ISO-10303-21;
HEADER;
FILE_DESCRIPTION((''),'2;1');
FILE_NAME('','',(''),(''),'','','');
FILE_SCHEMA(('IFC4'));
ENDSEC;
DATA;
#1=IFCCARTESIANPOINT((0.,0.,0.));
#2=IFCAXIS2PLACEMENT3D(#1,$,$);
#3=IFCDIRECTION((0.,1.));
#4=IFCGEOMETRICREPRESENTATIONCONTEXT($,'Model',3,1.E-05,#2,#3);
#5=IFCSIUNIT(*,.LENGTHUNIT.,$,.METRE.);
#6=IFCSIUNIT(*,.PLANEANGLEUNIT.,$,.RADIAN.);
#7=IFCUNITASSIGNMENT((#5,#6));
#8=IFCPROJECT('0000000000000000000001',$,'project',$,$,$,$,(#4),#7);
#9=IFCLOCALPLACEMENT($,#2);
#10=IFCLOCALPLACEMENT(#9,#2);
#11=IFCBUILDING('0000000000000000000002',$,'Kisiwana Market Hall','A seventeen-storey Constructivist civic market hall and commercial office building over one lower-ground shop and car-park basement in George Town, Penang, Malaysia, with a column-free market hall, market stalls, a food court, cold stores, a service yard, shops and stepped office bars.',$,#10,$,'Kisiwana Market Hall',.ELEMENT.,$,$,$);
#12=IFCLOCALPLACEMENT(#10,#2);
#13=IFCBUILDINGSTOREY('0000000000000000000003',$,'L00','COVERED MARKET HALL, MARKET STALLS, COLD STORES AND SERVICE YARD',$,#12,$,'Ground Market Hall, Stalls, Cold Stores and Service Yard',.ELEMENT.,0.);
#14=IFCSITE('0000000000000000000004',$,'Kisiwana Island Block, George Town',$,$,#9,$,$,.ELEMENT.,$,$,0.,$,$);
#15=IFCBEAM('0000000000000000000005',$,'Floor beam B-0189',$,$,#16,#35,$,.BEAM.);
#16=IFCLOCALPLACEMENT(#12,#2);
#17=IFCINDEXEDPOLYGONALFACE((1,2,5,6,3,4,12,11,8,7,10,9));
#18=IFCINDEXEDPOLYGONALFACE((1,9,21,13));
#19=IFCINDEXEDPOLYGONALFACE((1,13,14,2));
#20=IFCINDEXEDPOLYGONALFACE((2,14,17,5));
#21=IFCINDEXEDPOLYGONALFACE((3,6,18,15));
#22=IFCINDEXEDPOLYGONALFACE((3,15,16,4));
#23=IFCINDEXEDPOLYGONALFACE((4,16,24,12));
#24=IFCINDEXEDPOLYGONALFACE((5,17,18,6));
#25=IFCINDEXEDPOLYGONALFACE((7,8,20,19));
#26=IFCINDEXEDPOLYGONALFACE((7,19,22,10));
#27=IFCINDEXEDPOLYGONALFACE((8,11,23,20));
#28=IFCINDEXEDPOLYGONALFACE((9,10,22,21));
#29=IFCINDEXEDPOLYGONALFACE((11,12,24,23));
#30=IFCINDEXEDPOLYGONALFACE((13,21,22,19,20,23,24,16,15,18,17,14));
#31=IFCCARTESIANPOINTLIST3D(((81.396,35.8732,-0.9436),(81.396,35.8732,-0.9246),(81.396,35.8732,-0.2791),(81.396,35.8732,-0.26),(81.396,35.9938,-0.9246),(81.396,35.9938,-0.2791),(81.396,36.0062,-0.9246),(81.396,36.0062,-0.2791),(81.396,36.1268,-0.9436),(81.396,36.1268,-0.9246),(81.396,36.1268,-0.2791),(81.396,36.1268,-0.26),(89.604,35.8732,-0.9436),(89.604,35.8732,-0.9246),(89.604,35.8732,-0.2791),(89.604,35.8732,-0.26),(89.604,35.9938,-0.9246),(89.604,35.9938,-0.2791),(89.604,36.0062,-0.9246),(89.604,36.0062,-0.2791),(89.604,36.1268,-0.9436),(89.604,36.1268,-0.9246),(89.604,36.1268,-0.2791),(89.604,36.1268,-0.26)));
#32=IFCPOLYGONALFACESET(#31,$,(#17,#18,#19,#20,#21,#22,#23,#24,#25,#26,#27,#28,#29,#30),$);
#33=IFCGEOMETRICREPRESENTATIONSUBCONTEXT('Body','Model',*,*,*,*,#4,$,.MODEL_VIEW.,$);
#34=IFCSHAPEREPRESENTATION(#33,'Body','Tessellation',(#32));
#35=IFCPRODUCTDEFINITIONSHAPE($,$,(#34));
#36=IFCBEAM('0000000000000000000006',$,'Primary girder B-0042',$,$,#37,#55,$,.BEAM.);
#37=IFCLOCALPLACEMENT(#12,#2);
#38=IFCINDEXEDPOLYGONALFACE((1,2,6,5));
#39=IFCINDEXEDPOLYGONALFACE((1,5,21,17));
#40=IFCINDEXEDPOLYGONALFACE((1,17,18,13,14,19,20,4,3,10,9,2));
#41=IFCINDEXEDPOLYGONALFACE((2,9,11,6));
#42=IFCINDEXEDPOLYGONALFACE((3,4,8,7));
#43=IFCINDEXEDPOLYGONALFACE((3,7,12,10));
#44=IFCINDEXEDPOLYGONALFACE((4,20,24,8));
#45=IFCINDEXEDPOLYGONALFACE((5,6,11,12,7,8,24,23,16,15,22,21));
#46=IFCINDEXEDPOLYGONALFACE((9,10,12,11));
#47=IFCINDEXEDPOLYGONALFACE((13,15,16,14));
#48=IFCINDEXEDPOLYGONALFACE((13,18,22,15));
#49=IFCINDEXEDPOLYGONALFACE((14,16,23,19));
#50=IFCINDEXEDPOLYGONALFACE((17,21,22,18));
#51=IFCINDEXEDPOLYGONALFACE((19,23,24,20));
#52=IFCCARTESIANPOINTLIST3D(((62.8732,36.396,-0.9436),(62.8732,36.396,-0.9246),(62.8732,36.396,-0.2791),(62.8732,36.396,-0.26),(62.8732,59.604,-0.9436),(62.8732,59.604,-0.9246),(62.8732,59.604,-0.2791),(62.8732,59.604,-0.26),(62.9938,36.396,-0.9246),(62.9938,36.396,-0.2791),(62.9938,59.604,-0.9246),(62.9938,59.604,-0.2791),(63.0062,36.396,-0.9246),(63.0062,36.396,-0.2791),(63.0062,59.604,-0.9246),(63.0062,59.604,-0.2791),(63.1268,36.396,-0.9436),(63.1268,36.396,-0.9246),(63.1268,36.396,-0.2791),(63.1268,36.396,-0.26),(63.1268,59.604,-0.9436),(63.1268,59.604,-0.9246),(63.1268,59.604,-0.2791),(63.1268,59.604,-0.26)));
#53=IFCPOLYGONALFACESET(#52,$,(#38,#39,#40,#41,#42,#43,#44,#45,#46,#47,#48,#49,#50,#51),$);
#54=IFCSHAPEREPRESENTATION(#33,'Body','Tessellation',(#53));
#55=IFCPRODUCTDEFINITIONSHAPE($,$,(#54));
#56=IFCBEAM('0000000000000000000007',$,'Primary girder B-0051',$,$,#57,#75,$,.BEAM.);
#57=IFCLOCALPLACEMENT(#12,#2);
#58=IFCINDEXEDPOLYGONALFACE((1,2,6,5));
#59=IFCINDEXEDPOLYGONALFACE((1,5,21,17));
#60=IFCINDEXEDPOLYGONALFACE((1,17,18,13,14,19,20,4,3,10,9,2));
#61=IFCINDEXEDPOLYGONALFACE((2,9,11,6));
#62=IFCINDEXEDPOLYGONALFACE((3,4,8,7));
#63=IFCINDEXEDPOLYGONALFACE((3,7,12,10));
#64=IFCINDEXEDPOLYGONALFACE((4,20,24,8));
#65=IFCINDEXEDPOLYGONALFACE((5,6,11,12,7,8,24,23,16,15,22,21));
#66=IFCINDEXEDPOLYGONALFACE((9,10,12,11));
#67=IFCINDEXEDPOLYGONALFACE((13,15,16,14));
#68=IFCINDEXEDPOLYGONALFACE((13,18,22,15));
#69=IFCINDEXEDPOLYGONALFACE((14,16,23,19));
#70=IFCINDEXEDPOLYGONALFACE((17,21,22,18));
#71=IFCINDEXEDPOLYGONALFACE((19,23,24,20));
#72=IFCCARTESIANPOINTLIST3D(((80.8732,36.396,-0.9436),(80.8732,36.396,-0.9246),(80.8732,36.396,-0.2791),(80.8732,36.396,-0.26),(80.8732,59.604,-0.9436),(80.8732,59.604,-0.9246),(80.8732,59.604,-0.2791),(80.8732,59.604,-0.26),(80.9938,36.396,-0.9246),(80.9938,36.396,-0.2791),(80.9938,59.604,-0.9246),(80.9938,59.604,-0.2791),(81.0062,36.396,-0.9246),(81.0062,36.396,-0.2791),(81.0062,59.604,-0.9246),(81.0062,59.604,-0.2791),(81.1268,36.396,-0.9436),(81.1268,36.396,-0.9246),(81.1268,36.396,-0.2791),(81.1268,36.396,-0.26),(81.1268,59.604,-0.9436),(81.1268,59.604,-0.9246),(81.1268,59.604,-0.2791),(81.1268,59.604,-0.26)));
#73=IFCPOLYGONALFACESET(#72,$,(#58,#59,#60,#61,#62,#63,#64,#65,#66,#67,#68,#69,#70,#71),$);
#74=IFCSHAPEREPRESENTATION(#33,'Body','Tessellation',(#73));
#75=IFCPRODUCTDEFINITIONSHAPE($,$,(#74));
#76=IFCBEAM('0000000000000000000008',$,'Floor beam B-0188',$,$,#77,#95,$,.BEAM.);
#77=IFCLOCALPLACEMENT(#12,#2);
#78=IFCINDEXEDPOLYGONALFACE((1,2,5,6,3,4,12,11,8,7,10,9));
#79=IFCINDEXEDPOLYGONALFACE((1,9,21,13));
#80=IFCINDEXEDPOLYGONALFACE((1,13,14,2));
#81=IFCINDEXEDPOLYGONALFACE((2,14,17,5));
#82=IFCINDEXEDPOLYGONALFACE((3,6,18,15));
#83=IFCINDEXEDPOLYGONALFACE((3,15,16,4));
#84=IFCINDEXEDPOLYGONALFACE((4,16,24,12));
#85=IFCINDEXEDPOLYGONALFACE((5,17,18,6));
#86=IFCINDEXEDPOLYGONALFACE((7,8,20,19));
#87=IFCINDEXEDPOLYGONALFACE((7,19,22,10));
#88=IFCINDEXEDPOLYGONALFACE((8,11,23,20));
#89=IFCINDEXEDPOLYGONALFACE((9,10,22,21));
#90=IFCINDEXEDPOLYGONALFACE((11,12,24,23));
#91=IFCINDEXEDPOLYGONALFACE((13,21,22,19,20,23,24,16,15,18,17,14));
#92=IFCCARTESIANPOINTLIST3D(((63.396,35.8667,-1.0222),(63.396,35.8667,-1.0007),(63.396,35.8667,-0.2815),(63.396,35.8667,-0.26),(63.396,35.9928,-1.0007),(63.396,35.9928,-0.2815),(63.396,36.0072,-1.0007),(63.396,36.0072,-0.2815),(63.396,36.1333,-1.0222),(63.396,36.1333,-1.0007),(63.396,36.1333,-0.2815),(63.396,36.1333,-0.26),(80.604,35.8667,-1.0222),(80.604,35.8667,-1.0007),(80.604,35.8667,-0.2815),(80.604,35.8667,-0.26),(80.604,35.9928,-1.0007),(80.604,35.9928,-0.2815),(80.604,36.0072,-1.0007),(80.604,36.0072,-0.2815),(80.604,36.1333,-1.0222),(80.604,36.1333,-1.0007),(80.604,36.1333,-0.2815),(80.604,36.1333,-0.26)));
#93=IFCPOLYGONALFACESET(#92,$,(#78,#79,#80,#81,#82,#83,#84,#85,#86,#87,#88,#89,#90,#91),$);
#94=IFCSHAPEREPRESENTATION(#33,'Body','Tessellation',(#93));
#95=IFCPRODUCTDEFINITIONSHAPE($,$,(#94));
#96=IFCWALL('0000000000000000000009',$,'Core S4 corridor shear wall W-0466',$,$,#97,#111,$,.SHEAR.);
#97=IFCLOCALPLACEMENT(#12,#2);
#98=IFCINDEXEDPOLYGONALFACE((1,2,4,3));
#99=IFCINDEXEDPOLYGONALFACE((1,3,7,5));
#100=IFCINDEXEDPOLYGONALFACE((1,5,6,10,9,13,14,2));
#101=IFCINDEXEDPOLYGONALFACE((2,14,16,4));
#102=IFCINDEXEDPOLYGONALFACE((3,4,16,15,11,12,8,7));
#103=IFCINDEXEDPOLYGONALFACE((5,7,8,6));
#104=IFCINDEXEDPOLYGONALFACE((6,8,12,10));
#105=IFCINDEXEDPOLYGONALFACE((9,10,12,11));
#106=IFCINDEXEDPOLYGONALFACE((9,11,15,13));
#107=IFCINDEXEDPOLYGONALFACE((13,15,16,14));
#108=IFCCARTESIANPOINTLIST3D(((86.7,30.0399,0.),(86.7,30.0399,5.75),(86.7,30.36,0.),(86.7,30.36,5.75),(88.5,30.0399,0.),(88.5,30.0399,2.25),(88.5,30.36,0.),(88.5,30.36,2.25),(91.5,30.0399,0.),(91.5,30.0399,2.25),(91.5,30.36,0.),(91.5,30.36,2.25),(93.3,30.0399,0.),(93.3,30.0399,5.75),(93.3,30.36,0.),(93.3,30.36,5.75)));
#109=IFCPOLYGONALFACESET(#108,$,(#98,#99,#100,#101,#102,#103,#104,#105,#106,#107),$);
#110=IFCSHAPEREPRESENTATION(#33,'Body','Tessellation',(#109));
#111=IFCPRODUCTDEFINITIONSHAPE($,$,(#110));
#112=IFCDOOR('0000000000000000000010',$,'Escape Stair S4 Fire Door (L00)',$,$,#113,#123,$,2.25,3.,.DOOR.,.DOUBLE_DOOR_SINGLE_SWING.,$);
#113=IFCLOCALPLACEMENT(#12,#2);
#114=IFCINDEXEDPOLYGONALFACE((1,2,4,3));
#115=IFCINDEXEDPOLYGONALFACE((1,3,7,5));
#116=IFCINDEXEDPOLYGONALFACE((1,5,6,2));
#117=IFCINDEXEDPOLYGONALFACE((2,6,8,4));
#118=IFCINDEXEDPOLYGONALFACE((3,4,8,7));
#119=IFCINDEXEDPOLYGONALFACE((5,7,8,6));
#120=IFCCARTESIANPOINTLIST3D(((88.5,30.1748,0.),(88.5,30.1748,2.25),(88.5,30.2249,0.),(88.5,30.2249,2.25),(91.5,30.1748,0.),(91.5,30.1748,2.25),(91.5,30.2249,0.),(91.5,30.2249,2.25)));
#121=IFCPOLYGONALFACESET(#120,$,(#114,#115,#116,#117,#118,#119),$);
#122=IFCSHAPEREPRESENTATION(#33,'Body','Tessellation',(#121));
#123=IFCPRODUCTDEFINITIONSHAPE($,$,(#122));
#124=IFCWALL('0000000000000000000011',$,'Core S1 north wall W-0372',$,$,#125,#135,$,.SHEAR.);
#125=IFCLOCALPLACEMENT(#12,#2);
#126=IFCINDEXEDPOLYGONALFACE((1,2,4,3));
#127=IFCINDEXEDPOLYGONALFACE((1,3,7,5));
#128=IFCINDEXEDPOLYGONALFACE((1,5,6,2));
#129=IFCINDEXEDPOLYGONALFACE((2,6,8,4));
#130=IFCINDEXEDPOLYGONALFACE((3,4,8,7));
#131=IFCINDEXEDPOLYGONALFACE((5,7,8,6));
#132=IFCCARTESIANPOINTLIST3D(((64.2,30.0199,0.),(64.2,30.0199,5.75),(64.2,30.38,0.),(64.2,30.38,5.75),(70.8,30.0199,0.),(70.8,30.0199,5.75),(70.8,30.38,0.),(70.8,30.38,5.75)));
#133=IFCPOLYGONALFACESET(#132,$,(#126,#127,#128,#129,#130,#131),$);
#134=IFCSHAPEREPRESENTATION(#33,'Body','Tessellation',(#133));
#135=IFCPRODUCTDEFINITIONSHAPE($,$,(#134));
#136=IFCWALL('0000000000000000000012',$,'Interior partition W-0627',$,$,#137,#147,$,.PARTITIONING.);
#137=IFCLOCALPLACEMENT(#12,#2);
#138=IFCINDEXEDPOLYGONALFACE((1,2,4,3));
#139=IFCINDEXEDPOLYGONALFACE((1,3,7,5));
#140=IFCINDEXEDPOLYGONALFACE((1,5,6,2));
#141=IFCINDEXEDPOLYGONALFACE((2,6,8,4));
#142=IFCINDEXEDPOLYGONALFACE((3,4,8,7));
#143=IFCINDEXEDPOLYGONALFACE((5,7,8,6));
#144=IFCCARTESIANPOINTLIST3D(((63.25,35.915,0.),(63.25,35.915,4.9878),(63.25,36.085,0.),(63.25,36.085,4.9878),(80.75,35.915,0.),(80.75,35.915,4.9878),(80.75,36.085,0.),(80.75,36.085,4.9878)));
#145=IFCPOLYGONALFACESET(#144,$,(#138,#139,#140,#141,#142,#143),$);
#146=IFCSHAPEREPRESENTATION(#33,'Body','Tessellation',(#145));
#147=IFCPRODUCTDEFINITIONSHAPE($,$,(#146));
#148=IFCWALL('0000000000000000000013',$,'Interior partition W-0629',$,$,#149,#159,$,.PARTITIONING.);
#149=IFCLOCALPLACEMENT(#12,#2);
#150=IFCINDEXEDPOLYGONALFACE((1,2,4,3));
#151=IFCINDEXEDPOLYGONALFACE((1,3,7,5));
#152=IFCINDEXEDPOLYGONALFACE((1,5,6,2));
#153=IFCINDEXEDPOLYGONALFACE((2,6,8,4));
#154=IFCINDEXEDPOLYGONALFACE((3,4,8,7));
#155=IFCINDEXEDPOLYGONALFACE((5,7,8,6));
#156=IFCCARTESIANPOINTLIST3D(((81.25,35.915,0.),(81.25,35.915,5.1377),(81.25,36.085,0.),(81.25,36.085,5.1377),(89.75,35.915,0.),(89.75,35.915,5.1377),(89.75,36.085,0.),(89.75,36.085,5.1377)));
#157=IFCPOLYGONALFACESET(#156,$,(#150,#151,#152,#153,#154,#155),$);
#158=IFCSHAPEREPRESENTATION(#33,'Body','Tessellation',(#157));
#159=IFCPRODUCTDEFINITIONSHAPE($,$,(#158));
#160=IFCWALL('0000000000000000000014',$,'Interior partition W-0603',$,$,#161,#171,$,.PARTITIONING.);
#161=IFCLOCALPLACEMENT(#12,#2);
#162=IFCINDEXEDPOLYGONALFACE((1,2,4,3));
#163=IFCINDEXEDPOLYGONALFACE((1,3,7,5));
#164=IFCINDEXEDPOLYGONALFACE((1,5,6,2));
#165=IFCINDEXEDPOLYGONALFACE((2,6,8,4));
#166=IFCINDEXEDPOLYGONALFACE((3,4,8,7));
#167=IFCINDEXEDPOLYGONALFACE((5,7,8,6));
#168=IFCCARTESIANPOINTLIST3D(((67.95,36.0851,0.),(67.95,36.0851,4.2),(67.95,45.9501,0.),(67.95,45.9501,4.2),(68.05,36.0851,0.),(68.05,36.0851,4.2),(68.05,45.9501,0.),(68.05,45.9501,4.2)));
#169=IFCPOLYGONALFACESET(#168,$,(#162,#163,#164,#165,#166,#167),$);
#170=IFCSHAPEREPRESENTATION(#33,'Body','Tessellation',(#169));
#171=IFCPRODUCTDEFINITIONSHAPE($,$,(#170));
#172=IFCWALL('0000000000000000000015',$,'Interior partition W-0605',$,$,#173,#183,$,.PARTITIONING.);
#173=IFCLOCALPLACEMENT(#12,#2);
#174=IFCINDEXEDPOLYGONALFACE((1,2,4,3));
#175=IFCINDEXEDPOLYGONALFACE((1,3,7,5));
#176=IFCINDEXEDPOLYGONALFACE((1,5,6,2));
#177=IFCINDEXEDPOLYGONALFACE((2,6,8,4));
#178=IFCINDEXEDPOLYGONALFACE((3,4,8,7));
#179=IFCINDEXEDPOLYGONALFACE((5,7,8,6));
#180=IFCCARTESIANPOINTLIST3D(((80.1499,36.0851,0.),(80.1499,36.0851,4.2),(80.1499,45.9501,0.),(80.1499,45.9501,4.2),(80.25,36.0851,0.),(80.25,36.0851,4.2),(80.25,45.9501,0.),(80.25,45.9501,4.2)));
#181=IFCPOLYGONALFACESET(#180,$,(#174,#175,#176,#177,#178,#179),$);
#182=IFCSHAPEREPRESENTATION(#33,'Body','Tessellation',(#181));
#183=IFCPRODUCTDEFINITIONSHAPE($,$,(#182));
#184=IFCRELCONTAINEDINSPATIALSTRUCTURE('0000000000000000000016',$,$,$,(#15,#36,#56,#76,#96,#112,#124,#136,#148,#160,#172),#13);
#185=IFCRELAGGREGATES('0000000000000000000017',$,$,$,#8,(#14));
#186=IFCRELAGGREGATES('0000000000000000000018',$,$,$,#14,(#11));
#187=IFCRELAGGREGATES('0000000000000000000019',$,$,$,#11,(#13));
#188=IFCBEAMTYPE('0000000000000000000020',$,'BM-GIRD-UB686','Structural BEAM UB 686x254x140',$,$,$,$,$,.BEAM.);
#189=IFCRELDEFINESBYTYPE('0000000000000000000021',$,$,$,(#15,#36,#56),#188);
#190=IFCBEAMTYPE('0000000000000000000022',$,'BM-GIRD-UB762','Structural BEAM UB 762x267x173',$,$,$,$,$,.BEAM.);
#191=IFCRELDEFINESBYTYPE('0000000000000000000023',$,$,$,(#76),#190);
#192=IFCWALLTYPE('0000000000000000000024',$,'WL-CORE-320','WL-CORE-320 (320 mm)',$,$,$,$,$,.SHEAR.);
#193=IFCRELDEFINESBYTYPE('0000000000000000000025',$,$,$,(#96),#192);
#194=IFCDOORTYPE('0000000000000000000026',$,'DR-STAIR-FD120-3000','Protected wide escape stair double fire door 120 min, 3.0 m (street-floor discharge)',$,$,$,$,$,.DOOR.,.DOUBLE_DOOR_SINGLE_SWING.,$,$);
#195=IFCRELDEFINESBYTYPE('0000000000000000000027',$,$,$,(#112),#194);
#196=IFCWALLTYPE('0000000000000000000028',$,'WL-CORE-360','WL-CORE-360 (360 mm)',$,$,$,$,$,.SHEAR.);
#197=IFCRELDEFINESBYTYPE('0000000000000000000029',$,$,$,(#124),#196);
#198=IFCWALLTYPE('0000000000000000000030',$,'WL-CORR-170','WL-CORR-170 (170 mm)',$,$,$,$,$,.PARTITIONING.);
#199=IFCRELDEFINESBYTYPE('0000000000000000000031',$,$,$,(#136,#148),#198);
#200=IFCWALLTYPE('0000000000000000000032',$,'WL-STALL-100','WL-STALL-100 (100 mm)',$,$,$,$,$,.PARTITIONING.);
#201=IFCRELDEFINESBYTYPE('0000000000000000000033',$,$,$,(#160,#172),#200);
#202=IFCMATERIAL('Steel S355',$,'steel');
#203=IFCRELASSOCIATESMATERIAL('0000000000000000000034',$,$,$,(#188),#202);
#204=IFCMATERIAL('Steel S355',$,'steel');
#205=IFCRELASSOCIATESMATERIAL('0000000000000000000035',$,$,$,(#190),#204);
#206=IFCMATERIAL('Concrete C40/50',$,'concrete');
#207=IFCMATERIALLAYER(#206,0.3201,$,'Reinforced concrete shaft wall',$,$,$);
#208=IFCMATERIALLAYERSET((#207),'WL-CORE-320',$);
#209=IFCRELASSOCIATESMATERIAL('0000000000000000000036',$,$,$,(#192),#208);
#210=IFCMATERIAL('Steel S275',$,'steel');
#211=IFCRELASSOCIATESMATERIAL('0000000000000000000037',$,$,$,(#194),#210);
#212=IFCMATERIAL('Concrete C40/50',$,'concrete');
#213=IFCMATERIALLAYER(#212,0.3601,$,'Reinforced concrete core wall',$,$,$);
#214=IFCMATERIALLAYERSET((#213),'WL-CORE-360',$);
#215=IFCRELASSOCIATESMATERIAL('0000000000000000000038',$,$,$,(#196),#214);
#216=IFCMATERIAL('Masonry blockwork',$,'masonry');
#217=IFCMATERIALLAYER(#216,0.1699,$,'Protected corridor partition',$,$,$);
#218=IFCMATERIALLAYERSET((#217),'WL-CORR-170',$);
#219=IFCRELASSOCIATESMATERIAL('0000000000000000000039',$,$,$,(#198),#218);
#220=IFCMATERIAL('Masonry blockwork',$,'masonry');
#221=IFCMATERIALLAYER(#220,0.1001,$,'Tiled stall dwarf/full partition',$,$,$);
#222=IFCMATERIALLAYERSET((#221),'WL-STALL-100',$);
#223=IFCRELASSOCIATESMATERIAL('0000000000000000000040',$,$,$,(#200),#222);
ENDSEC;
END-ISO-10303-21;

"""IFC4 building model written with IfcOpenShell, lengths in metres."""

from ifc_helpers import new_model, si_unit, direction, frame, frame_2d, origin, origin_2d, place, context, subcontext, project, spatial, rectangle, i_section, extrude, material, layer, layer_set, material_profile, profile_set, type_object, element, fill, save


model = new_model("IFC4")

# Units and contexts
model_context = context("Model", 3, precision=1e-05, world=origin(), true_north=direction((0.0, 1.0)))
body_context = subcontext(model_context, "Body", "Model", "MODEL_VIEW")
ifc_project = project(units=[si_unit("LENGTHUNIT", "METRE"), si_unit("PLANEANGLEUNIT", "RADIAN")], contexts=[model_context])

# Site, building, storey
site_placement = place(None, origin())
site = spatial("IfcSite", under=ifc_project, at=site_placement, Name="Kisiwana Island Block, George Town", CompositionType="ELEMENT", RefElevation=0.0)
building_placement = place(site_placement, origin())
building = spatial("IfcBuilding", under=site, at=building_placement, Name="Kisiwana Market Hall", Description="A seventeen-storey Constructivist civic market hall and commercial office building over one lower-ground shop and car-park basement in George Town, Penang, Malaysia, with a column-free market hall, market stalls, a food court, cold stores, a service yard, shops and stepped office bars.", LongName="Kisiwana Market Hall", CompositionType="ELEMENT")
storey_placement = place(building_placement, origin())
storey = spatial("IfcBuildingStorey", under=building, at=storey_placement, Name="L00", Description="COVERED MARKET HALL, MARKET STALLS, COLD STORES AND SERVICE YARD", LongName="Ground Market Hall, Stalls, Cold Stores and Service Yard", CompositionType="ELEMENT", Elevation=0.0)

# Beams
ifc_material_1 = material(Name="Steel S355", Category="steel")
ifc_material_profile_1 = material_profile(ifc_material_1, i_section(OverallWidth=0.2537, OverallDepth=0.6836, WebThickness=0.0125, FlangeThickness=0.019, at=origin_2d()), Name="UB 686x254x140")
ifc_profile_set_1 = profile_set([ifc_material_profile_1], Name="Steel S355")
beam_type_1 = type_object("IfcBeamType", Name="BM-GIRD-UB686", Description="Structural BEAM UB 686x254x140", PredefinedType="BEAM", material=ifc_profile_set_1)
beam_1_placement = place(storey_placement, frame((81.396, 36.0, -0.6018), z_axis=(1.0, 0.0, 0.0), x_axis=(0.0, 1.0, 0.0)))
element("IfcBeam", 1, at=beam_1_placement, inside=storey, type_object=beam_type_1, Name="Floor beam B-0189", PredefinedType="BEAM", context=body_context, shape_type="SweptSolid", body=[
    extrude(i_section(OverallWidth=0.2537, OverallDepth=0.6836, WebThickness=0.0125, FlangeThickness=0.019, at=origin_2d()), origin(), (0.0, 0.0, 1.0), 8.208),
])
for number, where, z_axis, x_axis, name in (
    (2, (63.0, 36.396, -0.6018), (0.0, 1.0, 0.0), (-1.0, 0.0, 0.0), "Primary girder B-0042"),
    (3, (81.0, 36.396, -0.6018), (0.0, 1.0, 0.0), (-1.0, 0.0, 0.0), "Primary girder B-0051"),
):
    element("IfcBeam", number, at=place(storey_placement, frame(where, z_axis=z_axis, x_axis=x_axis)), inside=storey, type_object=beam_type_1, Name=name, PredefinedType="BEAM", context=body_context, shape_type="SweptSolid", body=[
        extrude(i_section(OverallWidth=0.2537, OverallDepth=0.6836, WebThickness=0.0125, FlangeThickness=0.019, at=origin_2d()), origin(), (0.0, 0.0, 1.0), 23.208),
    ])
ifc_material_2 = material(Name="Steel S355", Category="steel")
ifc_material_profile_2 = material_profile(ifc_material_2, i_section(OverallWidth=0.2666, OverallDepth=0.7622, WebThickness=0.0144, FlangeThickness=0.0215, at=origin_2d()), Name="UB 762x267x173")
ifc_profile_set_2 = profile_set([ifc_material_profile_2], Name="Steel S355")
beam_type_2 = type_object("IfcBeamType", Name="BM-GIRD-UB762", Description="Structural BEAM UB 762x267x173", PredefinedType="BEAM", material=ifc_profile_set_2)
beam_2_placement = place(storey_placement, frame((63.396, 36.0, -0.6411), z_axis=(1.0, 0.0, 0.0), x_axis=(0.0, 1.0, 0.0)))
element("IfcBeam", 4, at=beam_2_placement, inside=storey, type_object=beam_type_2, Name="Floor beam B-0188", PredefinedType="BEAM", context=body_context, shape_type="SweptSolid", body=[
    extrude(i_section(OverallWidth=0.2666, OverallDepth=0.7622, WebThickness=0.0144, FlangeThickness=0.0215, at=origin_2d()), origin(), (0.0, 0.0, 1.0), 17.208),
])

# Wall, opening, door
ifc_material_3 = material(Name="Concrete C40/50", Category="concrete")
ifc_layer_1 = layer(ifc_material_3, 0.3201, Name="Reinforced concrete shaft wall")
ifc_layer_set_1 = layer_set([ifc_layer_1], Name="WL-CORE-320")
wall_type_1 = type_object("IfcWallType", Name="WL-CORE-320", Description="WL-CORE-320 (320 mm)", PredefinedType="SHEAR", material=ifc_layer_set_1)
wall_1_placement = place(storey_placement, frame((86.7, 30.2, 0.0), z_axis=(0.0, 0.0, 1.0), x_axis=(1.0, 0.0, 0.0)))
wall_1 = element("IfcWall", 5, at=wall_1_placement, inside=storey, type_object=wall_type_1, Name="Core S4 corridor shear wall W-0466", PredefinedType="SHEAR", context=body_context, shape_type="SweptSolid", body=[
    extrude(rectangle(XDim=6.6001, YDim=0.3201, at=frame_2d((3.3, 0.0))), origin(), (0.0, 0.0, 1.0), 5.75),
])
opening_placement = place(wall_1_placement, frame((1.8, 0.0, 0.0)))
opening = element("IfcOpeningElement", 6, at=opening_placement, cuts=wall_1, PredefinedType="OPENING", context=body_context, shape_type="SweptSolid", body=[
    extrude(rectangle(XDim=3.0, YDim=2.25, at=frame_2d((1.5, 1.125))), frame((0.0, 0.1719, 0.0), z_axis=(0.0, -1.0, 0.0), x_axis=(1.0, 0.0, 0.0)), (0.0, 0.0, 1.0), 0.344),
])
ifc_material_4 = material(Name="Steel S275", Category="steel")
door_type = type_object("IfcDoorType", Name="DR-STAIR-FD120-3000", Description="Protected wide escape stair double fire door 120 min, 3.0 m (street-floor discharge)", OperationType="DOUBLE_DOOR_SINGLE_SWING", PredefinedType="DOOR", material=ifc_material_4)
door_placement = place(opening_placement, origin())
door = element("IfcDoor", 7, at=door_placement, inside=storey, type_object=door_type, Name="Escape Stair S4 Fire Door (L00)", OperationType="DOUBLE_DOOR_SINGLE_SWING", OverallHeight=2.25, OverallWidth=3.0, PredefinedType="DOOR", context=body_context, shape_type="SweptSolid", body=[
    extrude(rectangle(XDim=3.0, YDim=2.25, at=frame_2d((1.5, 1.125))), frame((0.0, 0.0249, 0.0), z_axis=(0.0, -1.0, 0.0), x_axis=(1.0, 0.0, 0.0)), (0.0, 0.0, 1.0), 0.05),
])
fill(opening, door)

# Walls
ifc_material_5 = material(Name="Concrete C40/50", Category="concrete")
ifc_layer_2 = layer(ifc_material_5, 0.3601, Name="Reinforced concrete core wall")
ifc_layer_set_2 = layer_set([ifc_layer_2], Name="WL-CORE-360")
wall_type_2 = type_object("IfcWallType", Name="WL-CORE-360", Description="WL-CORE-360 (360 mm)", PredefinedType="SHEAR", material=ifc_layer_set_2)
wall_2_placement = place(storey_placement, frame((64.2, 30.2, 0.0), z_axis=(0.0, 0.0, 1.0), x_axis=(1.0, 0.0, 0.0)))
element("IfcWall", 8, at=wall_2_placement, inside=storey, type_object=wall_type_2, Name="Core S1 north wall W-0372", PredefinedType="SHEAR", context=body_context, shape_type="SweptSolid", body=[
    extrude(rectangle(XDim=6.6001, YDim=0.3601, at=frame_2d((3.3, 0.0))), origin(), (0.0, 0.0, 1.0), 5.75),
])
ifc_material_6 = material(Name="Masonry blockwork", Category="masonry")
ifc_layer_3 = layer(ifc_material_6, 0.1699, Name="Protected corridor partition")
ifc_layer_set_3 = layer_set([ifc_layer_3], Name="WL-CORR-170")
wall_type_3 = type_object("IfcWallType", Name="WL-CORR-170", Description="WL-CORR-170 (170 mm)", PredefinedType="PARTITIONING", material=ifc_layer_set_3)
wall_3_placement = place(storey_placement, frame((63.25, 36.0, 0.0), z_axis=(0.0, 0.0, 1.0), x_axis=(1.0, 0.0, 0.0)))
element("IfcWall", 9, at=wall_3_placement, inside=storey, type_object=wall_type_3, Name="Interior partition W-0627", PredefinedType="PARTITIONING", context=body_context, shape_type="SweptSolid", body=[
    extrude(rectangle(XDim=17.5, YDim=0.1699, at=frame_2d((8.75, 0.0))), origin(), (0.0, 0.0, 1.0), 4.9878),
])
wall_4_placement = place(storey_placement, frame((81.25, 36.0, 0.0), z_axis=(0.0, 0.0, 1.0), x_axis=(1.0, 0.0, 0.0)))
element("IfcWall", 10, at=wall_4_placement, inside=storey, type_object=wall_type_3, Name="Interior partition W-0629", PredefinedType="PARTITIONING", context=body_context, shape_type="SweptSolid", body=[
    extrude(rectangle(XDim=8.5, YDim=0.1699, at=frame_2d((4.25, 0.0))), origin(), (0.0, 0.0, 1.0), 5.1377),
])
ifc_material_7 = material(Name="Masonry blockwork", Category="masonry")
ifc_layer_4 = layer(ifc_material_7, 0.1001, Name="Tiled stall dwarf/full partition")
ifc_layer_set_4 = layer_set([ifc_layer_4], Name="WL-STALL-100")
wall_type_4 = type_object("IfcWallType", Name="WL-STALL-100", Description="WL-STALL-100 (100 mm)", PredefinedType="PARTITIONING", material=ifc_layer_set_4)
for number, where, z_axis, x_axis, name in (
    (11, (68.0, 36.085, 0.0), (0.0, 0.0, 1.0), (0.0, 1.0, 0.0), "Interior partition W-0603"),
    (12, (80.2, 36.085, 0.0), (0.0, 0.0, 1.0), (0.0, 1.0, 0.0), "Interior partition W-0605"),
):
    element("IfcWall", number, at=place(storey_placement, frame(where, z_axis=z_axis, x_axis=x_axis)), inside=storey, type_object=wall_type_4, Name=name, PredefinedType="PARTITIONING", context=body_context, shape_type="SweptSolid", body=[
        extrude(rectangle(XDim=9.865, YDim=0.1001, at=frame_2d((4.9326, 0.0))), origin(), (0.0, 0.0, 1.0), 4.2),
    ])

save(model, "model.ifc")
